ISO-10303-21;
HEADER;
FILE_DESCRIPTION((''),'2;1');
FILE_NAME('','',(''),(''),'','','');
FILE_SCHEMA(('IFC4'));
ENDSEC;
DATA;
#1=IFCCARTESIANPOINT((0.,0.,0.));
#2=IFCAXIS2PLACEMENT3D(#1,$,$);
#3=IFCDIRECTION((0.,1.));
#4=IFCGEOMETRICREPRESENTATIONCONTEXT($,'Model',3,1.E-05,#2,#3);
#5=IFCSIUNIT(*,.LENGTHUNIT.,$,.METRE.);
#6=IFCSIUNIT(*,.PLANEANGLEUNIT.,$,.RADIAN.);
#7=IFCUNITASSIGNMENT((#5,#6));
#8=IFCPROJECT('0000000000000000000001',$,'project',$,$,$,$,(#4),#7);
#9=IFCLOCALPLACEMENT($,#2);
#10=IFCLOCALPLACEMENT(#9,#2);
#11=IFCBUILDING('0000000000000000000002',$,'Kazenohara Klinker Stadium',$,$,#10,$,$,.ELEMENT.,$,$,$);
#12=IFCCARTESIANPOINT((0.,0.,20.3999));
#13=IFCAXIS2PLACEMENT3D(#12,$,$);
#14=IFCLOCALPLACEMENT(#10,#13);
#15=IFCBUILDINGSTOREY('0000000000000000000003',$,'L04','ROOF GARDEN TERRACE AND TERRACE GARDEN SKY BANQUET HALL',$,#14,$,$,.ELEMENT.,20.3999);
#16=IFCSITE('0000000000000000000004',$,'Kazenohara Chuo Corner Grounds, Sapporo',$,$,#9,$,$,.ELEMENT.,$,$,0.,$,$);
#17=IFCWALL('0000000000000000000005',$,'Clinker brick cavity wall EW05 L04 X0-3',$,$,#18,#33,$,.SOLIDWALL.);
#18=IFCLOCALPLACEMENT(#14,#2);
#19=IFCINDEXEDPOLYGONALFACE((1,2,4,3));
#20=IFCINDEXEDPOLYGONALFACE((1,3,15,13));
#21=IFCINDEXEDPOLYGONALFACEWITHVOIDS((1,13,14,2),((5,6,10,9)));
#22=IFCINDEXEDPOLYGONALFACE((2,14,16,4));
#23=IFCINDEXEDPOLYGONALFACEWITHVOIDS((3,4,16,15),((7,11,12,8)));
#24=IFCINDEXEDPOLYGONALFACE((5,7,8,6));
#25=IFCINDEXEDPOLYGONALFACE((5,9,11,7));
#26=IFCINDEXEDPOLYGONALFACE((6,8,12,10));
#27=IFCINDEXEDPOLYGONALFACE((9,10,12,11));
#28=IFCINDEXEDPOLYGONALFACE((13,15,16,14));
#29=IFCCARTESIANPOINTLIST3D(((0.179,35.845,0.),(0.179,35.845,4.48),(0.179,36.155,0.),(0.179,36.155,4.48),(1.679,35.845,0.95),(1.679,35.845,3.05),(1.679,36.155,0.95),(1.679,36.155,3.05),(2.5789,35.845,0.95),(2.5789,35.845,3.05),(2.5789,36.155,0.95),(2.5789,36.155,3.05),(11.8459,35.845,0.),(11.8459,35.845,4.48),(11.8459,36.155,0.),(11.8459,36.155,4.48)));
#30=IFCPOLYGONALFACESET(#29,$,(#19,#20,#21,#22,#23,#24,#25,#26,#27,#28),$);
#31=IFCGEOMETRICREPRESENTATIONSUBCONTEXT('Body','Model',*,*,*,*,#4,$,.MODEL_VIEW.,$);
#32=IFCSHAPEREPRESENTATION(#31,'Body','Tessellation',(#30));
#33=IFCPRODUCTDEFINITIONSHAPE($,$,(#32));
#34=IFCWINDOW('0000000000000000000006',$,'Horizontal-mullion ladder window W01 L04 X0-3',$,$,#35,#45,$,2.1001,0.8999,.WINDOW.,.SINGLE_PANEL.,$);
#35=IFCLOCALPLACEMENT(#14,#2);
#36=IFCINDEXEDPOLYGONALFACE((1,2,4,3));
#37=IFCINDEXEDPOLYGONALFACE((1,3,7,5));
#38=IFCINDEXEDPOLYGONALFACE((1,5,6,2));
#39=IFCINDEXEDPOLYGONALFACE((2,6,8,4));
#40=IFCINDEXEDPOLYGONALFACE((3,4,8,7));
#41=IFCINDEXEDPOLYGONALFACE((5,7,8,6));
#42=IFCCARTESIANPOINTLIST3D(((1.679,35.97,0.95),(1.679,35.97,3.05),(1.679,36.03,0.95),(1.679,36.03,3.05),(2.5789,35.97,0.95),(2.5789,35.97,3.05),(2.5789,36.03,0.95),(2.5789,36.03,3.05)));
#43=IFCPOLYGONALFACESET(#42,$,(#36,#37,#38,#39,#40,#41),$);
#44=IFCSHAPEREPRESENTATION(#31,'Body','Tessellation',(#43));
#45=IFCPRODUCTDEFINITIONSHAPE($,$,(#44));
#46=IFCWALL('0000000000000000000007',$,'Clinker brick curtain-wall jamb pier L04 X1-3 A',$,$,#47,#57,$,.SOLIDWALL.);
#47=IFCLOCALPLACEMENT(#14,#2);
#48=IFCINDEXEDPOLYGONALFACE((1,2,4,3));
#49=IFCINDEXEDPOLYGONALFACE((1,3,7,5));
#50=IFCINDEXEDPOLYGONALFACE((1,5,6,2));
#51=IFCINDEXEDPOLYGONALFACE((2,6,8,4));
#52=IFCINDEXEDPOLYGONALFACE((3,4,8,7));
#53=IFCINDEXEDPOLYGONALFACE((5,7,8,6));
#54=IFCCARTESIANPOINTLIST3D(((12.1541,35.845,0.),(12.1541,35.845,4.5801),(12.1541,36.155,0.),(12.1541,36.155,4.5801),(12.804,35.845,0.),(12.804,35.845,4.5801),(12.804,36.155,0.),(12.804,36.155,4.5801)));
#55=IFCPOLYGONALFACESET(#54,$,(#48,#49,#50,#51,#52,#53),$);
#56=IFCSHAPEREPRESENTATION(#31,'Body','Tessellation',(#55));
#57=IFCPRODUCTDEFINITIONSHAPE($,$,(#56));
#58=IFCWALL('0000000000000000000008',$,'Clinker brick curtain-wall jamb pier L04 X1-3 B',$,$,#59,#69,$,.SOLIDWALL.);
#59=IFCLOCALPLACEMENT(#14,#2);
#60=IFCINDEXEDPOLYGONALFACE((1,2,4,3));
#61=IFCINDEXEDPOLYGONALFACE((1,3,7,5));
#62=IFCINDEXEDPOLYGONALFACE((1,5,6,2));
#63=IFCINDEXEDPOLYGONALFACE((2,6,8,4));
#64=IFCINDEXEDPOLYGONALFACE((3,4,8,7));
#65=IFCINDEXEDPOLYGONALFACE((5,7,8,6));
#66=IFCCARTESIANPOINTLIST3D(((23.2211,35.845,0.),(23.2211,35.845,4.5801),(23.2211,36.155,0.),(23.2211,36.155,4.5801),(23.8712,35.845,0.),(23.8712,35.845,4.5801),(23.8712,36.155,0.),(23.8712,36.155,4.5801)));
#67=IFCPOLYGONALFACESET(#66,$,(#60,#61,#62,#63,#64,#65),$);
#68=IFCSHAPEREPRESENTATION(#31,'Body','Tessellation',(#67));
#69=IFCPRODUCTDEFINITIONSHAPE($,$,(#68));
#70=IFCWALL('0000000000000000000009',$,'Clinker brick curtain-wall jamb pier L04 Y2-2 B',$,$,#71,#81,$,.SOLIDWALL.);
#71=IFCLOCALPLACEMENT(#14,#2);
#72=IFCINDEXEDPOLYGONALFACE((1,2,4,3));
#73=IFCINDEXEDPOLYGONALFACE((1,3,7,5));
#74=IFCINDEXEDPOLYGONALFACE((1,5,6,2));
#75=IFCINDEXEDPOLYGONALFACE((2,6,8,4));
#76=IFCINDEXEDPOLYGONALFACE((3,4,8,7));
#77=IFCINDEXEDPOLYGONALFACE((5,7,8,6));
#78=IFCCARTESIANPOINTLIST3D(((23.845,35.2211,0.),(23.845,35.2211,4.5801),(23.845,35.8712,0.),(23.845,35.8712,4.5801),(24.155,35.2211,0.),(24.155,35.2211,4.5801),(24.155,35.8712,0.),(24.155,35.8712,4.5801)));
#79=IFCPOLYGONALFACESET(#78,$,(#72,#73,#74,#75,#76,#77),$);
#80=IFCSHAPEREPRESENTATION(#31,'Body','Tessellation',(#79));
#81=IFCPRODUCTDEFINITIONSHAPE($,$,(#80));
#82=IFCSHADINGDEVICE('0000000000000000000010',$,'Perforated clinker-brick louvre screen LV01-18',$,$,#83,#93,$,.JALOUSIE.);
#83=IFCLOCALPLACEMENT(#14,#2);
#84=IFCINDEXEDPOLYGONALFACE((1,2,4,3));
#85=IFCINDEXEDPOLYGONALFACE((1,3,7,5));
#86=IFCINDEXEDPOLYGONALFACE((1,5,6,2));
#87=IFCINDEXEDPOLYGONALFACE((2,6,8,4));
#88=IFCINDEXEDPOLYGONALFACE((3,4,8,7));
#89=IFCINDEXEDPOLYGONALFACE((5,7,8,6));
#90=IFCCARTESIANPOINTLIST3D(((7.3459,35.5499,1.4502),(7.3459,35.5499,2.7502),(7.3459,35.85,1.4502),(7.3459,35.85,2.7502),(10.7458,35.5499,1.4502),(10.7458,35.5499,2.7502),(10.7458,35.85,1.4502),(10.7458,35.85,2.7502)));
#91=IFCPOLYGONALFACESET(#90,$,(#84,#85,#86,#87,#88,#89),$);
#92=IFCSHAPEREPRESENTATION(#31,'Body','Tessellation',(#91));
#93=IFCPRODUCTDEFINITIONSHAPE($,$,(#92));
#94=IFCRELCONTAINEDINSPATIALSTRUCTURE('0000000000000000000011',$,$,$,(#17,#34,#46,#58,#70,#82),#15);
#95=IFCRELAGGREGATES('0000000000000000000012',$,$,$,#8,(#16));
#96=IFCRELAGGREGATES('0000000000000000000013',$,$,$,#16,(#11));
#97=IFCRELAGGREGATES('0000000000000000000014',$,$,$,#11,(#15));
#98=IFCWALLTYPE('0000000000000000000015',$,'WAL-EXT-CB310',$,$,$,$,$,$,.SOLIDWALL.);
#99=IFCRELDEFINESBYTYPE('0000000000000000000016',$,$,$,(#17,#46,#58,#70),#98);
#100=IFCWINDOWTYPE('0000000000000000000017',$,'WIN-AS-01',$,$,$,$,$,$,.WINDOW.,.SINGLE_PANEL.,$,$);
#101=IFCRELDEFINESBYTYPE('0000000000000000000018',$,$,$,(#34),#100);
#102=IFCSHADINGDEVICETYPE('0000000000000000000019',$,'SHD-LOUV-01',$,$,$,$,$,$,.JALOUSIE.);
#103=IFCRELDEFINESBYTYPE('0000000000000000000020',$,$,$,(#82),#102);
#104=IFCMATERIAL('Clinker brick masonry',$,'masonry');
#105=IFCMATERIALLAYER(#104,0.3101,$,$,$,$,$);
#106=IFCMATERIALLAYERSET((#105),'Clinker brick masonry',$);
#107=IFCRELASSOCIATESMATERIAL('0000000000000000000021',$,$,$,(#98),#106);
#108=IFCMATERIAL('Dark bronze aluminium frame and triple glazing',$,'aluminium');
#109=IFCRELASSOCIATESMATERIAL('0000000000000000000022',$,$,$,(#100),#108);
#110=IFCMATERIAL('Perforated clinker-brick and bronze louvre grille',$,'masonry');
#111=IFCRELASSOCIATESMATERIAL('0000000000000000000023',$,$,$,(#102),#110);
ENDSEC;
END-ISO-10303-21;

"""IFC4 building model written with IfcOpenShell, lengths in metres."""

from ifc_helpers import new_model, si_unit, direction, frame, frame_2d, origin, origin_2d, place, context, subcontext, project, spatial, rectangle, extrude, material, layer, layer_set, type_object, element, fill, save


model = new_model("IFC4")

# Units and contexts
model_context = context("Model", 3, precision=1e-05, world=origin(), true_north=direction((0.0, 1.0)))
body_context = subcontext(model_context, "Body", "Model", "MODEL_VIEW")
ifc_project = project(units=[si_unit("LENGTHUNIT", "METRE"), si_unit("PLANEANGLEUNIT", "RADIAN")], contexts=[model_context])

# Site, building, storey
site_placement = place(None, origin())
site = spatial("IfcSite", under=ifc_project, at=site_placement, Name="Kazenohara Chuo Corner Grounds, Sapporo", CompositionType="ELEMENT", RefElevation=0.0)
building_placement = place(site_placement, origin())
building = spatial("IfcBuilding", under=site, at=building_placement, Name="Kazenohara Klinker Stadium", CompositionType="ELEMENT")
storey_placement = place(building_placement, frame((0.0, 0.0, 20.3999)))
storey = spatial("IfcBuildingStorey", under=building, at=storey_placement, Name="L04", Description="ROOF GARDEN TERRACE AND TERRACE GARDEN SKY BANQUET HALL", CompositionType="ELEMENT", Elevation=20.3999)

# Wall, opening, window
ifc_material_1 = material(Name="Clinker brick masonry", Category="masonry")
ifc_layer_1 = layer(ifc_material_1, 0.3101)
ifc_layer_set_1 = layer_set([ifc_layer_1], Name="Clinker brick masonry")
wall_type = type_object("IfcWallType", Name="WAL-EXT-CB310", PredefinedType="SOLIDWALL", material=ifc_layer_set_1)
wall_1_placement = place(storey_placement, frame((0.179, 36.0, 0.0), z_axis=(0.0, 0.0, 1.0), x_axis=(1.0, 0.0, 0.0)))
wall_1 = element("IfcWall", 1, at=wall_1_placement, inside=storey, type_object=wall_type, Name="Clinker brick cavity wall EW05 L04 X0-3", PredefinedType="SOLIDWALL", context=body_context, shape_type="SweptSolid", body=[
    extrude(rectangle(XDim=11.667, YDim=0.3101, at=frame_2d((5.8335, 0.0))), origin(), (0.0, 0.0, 1.0), 4.48),
])
opening_placement = place(wall_1_placement, frame((1.5, 0.0, 0.95)))
opening = element("IfcOpeningElement", 2, at=opening_placement, cuts=wall_1, PredefinedType="OPENING", context=body_context, shape_type="SweptSolid", body=[
    extrude(rectangle(XDim=0.8999, YDim=2.1001, at=frame_2d((0.45, 1.05))), frame((0.0, 0.165, 0.0), z_axis=(0.0, -1.0, 0.0), x_axis=(1.0, 0.0, 0.0)), (0.0, 0.0, 1.0), 0.3301),
])
ifc_material_2 = material(Name="Dark bronze aluminium frame and triple glazing", Category="aluminium")
window_type = type_object("IfcWindowType", Name="WIN-AS-01", PartitioningType="SINGLE_PANEL", PredefinedType="WINDOW", material=ifc_material_2)
window_placement = place(opening_placement, origin())
window = element("IfcWindow", 3, at=window_placement, inside=storey, type_object=window_type, Name="Horizontal-mullion ladder window W01 L04 X0-3", OverallHeight=2.1001, OverallWidth=0.8999, PartitioningType="SINGLE_PANEL", PredefinedType="WINDOW", context=body_context, shape_type="SweptSolid", body=[
    extrude(rectangle(XDim=0.8999, YDim=2.1001, at=frame_2d((0.45, 1.05))), frame((0.0, 0.03, 0.0), z_axis=(0.0, -1.0, 0.0), x_axis=(1.0, 0.0, 0.0)), (0.0, 0.0, 1.0), 0.0601),
])
fill(opening, window)

# Walls
wall_2_placement = place(storey_placement, frame((12.1541, 36.0, 0.0), z_axis=(0.0, 0.0, 1.0), x_axis=(1.0, 0.0, 0.0)))
element("IfcWall", 4, at=wall_2_placement, inside=storey, type_object=wall_type, Name="Clinker brick curtain-wall jamb pier L04 X1-3 A", PredefinedType="SOLIDWALL", context=body_context, shape_type="SweptSolid", body=[
    extrude(rectangle(XDim=0.6499, YDim=0.3101, at=frame_2d((0.325, 0.0))), origin(), (0.0, 0.0, 1.0), 4.5801),
])
for number, where, z_axis, x_axis, name in (
    (5, (23.2209, 36.0, 0.0), (0.0, 0.0, 1.0), (1.0, 0.0, 0.0), "Clinker brick curtain-wall jamb pier L04 X1-3 B"),
    (6, (24.0, 35.2209, 0.0), (0.0, 0.0, 1.0), (0.0, 1.0, 0.0), "Clinker brick curtain-wall jamb pier L04 Y2-2 B"),
):
    element("IfcWall", number, at=place(storey_placement, frame(where, z_axis=z_axis, x_axis=x_axis)), inside=storey, type_object=wall_type, Name=name, PredefinedType="SOLIDWALL", context=body_context, shape_type="SweptSolid", body=[
        extrude(rectangle(XDim=0.6501, YDim=0.3101, at=frame_2d((0.3252, 0.0))), origin(), (0.0, 0.0, 1.0), 4.5801),
    ])

# Shading device
ifc_material_3 = material(Name="Perforated clinker-brick and bronze louvre grille", Category="masonry")
shading_device_type = type_object("IfcShadingDeviceType", Name="SHD-LOUV-01", PredefinedType="JALOUSIE", material=ifc_material_3)
shading_device_placement = place(storey_placement, frame((9.0459, 35.7, 1.4502), z_axis=(0.0, 0.0, 1.0), x_axis=(1.0, 0.0, 0.0)))
element("IfcShadingDevice", 7, at=shading_device_placement, inside=storey, type_object=shading_device_type, Name="Perforated clinker-brick louvre screen LV01-18", PredefinedType="JALOUSIE", context=body_context, shape_type="SweptSolid", body=[
    extrude(rectangle(XDim=3.3999, YDim=0.3, at=origin_2d()), origin(), (0.0, 0.0, 1.0), 1.3),
])

save(model, "model.ifc")
